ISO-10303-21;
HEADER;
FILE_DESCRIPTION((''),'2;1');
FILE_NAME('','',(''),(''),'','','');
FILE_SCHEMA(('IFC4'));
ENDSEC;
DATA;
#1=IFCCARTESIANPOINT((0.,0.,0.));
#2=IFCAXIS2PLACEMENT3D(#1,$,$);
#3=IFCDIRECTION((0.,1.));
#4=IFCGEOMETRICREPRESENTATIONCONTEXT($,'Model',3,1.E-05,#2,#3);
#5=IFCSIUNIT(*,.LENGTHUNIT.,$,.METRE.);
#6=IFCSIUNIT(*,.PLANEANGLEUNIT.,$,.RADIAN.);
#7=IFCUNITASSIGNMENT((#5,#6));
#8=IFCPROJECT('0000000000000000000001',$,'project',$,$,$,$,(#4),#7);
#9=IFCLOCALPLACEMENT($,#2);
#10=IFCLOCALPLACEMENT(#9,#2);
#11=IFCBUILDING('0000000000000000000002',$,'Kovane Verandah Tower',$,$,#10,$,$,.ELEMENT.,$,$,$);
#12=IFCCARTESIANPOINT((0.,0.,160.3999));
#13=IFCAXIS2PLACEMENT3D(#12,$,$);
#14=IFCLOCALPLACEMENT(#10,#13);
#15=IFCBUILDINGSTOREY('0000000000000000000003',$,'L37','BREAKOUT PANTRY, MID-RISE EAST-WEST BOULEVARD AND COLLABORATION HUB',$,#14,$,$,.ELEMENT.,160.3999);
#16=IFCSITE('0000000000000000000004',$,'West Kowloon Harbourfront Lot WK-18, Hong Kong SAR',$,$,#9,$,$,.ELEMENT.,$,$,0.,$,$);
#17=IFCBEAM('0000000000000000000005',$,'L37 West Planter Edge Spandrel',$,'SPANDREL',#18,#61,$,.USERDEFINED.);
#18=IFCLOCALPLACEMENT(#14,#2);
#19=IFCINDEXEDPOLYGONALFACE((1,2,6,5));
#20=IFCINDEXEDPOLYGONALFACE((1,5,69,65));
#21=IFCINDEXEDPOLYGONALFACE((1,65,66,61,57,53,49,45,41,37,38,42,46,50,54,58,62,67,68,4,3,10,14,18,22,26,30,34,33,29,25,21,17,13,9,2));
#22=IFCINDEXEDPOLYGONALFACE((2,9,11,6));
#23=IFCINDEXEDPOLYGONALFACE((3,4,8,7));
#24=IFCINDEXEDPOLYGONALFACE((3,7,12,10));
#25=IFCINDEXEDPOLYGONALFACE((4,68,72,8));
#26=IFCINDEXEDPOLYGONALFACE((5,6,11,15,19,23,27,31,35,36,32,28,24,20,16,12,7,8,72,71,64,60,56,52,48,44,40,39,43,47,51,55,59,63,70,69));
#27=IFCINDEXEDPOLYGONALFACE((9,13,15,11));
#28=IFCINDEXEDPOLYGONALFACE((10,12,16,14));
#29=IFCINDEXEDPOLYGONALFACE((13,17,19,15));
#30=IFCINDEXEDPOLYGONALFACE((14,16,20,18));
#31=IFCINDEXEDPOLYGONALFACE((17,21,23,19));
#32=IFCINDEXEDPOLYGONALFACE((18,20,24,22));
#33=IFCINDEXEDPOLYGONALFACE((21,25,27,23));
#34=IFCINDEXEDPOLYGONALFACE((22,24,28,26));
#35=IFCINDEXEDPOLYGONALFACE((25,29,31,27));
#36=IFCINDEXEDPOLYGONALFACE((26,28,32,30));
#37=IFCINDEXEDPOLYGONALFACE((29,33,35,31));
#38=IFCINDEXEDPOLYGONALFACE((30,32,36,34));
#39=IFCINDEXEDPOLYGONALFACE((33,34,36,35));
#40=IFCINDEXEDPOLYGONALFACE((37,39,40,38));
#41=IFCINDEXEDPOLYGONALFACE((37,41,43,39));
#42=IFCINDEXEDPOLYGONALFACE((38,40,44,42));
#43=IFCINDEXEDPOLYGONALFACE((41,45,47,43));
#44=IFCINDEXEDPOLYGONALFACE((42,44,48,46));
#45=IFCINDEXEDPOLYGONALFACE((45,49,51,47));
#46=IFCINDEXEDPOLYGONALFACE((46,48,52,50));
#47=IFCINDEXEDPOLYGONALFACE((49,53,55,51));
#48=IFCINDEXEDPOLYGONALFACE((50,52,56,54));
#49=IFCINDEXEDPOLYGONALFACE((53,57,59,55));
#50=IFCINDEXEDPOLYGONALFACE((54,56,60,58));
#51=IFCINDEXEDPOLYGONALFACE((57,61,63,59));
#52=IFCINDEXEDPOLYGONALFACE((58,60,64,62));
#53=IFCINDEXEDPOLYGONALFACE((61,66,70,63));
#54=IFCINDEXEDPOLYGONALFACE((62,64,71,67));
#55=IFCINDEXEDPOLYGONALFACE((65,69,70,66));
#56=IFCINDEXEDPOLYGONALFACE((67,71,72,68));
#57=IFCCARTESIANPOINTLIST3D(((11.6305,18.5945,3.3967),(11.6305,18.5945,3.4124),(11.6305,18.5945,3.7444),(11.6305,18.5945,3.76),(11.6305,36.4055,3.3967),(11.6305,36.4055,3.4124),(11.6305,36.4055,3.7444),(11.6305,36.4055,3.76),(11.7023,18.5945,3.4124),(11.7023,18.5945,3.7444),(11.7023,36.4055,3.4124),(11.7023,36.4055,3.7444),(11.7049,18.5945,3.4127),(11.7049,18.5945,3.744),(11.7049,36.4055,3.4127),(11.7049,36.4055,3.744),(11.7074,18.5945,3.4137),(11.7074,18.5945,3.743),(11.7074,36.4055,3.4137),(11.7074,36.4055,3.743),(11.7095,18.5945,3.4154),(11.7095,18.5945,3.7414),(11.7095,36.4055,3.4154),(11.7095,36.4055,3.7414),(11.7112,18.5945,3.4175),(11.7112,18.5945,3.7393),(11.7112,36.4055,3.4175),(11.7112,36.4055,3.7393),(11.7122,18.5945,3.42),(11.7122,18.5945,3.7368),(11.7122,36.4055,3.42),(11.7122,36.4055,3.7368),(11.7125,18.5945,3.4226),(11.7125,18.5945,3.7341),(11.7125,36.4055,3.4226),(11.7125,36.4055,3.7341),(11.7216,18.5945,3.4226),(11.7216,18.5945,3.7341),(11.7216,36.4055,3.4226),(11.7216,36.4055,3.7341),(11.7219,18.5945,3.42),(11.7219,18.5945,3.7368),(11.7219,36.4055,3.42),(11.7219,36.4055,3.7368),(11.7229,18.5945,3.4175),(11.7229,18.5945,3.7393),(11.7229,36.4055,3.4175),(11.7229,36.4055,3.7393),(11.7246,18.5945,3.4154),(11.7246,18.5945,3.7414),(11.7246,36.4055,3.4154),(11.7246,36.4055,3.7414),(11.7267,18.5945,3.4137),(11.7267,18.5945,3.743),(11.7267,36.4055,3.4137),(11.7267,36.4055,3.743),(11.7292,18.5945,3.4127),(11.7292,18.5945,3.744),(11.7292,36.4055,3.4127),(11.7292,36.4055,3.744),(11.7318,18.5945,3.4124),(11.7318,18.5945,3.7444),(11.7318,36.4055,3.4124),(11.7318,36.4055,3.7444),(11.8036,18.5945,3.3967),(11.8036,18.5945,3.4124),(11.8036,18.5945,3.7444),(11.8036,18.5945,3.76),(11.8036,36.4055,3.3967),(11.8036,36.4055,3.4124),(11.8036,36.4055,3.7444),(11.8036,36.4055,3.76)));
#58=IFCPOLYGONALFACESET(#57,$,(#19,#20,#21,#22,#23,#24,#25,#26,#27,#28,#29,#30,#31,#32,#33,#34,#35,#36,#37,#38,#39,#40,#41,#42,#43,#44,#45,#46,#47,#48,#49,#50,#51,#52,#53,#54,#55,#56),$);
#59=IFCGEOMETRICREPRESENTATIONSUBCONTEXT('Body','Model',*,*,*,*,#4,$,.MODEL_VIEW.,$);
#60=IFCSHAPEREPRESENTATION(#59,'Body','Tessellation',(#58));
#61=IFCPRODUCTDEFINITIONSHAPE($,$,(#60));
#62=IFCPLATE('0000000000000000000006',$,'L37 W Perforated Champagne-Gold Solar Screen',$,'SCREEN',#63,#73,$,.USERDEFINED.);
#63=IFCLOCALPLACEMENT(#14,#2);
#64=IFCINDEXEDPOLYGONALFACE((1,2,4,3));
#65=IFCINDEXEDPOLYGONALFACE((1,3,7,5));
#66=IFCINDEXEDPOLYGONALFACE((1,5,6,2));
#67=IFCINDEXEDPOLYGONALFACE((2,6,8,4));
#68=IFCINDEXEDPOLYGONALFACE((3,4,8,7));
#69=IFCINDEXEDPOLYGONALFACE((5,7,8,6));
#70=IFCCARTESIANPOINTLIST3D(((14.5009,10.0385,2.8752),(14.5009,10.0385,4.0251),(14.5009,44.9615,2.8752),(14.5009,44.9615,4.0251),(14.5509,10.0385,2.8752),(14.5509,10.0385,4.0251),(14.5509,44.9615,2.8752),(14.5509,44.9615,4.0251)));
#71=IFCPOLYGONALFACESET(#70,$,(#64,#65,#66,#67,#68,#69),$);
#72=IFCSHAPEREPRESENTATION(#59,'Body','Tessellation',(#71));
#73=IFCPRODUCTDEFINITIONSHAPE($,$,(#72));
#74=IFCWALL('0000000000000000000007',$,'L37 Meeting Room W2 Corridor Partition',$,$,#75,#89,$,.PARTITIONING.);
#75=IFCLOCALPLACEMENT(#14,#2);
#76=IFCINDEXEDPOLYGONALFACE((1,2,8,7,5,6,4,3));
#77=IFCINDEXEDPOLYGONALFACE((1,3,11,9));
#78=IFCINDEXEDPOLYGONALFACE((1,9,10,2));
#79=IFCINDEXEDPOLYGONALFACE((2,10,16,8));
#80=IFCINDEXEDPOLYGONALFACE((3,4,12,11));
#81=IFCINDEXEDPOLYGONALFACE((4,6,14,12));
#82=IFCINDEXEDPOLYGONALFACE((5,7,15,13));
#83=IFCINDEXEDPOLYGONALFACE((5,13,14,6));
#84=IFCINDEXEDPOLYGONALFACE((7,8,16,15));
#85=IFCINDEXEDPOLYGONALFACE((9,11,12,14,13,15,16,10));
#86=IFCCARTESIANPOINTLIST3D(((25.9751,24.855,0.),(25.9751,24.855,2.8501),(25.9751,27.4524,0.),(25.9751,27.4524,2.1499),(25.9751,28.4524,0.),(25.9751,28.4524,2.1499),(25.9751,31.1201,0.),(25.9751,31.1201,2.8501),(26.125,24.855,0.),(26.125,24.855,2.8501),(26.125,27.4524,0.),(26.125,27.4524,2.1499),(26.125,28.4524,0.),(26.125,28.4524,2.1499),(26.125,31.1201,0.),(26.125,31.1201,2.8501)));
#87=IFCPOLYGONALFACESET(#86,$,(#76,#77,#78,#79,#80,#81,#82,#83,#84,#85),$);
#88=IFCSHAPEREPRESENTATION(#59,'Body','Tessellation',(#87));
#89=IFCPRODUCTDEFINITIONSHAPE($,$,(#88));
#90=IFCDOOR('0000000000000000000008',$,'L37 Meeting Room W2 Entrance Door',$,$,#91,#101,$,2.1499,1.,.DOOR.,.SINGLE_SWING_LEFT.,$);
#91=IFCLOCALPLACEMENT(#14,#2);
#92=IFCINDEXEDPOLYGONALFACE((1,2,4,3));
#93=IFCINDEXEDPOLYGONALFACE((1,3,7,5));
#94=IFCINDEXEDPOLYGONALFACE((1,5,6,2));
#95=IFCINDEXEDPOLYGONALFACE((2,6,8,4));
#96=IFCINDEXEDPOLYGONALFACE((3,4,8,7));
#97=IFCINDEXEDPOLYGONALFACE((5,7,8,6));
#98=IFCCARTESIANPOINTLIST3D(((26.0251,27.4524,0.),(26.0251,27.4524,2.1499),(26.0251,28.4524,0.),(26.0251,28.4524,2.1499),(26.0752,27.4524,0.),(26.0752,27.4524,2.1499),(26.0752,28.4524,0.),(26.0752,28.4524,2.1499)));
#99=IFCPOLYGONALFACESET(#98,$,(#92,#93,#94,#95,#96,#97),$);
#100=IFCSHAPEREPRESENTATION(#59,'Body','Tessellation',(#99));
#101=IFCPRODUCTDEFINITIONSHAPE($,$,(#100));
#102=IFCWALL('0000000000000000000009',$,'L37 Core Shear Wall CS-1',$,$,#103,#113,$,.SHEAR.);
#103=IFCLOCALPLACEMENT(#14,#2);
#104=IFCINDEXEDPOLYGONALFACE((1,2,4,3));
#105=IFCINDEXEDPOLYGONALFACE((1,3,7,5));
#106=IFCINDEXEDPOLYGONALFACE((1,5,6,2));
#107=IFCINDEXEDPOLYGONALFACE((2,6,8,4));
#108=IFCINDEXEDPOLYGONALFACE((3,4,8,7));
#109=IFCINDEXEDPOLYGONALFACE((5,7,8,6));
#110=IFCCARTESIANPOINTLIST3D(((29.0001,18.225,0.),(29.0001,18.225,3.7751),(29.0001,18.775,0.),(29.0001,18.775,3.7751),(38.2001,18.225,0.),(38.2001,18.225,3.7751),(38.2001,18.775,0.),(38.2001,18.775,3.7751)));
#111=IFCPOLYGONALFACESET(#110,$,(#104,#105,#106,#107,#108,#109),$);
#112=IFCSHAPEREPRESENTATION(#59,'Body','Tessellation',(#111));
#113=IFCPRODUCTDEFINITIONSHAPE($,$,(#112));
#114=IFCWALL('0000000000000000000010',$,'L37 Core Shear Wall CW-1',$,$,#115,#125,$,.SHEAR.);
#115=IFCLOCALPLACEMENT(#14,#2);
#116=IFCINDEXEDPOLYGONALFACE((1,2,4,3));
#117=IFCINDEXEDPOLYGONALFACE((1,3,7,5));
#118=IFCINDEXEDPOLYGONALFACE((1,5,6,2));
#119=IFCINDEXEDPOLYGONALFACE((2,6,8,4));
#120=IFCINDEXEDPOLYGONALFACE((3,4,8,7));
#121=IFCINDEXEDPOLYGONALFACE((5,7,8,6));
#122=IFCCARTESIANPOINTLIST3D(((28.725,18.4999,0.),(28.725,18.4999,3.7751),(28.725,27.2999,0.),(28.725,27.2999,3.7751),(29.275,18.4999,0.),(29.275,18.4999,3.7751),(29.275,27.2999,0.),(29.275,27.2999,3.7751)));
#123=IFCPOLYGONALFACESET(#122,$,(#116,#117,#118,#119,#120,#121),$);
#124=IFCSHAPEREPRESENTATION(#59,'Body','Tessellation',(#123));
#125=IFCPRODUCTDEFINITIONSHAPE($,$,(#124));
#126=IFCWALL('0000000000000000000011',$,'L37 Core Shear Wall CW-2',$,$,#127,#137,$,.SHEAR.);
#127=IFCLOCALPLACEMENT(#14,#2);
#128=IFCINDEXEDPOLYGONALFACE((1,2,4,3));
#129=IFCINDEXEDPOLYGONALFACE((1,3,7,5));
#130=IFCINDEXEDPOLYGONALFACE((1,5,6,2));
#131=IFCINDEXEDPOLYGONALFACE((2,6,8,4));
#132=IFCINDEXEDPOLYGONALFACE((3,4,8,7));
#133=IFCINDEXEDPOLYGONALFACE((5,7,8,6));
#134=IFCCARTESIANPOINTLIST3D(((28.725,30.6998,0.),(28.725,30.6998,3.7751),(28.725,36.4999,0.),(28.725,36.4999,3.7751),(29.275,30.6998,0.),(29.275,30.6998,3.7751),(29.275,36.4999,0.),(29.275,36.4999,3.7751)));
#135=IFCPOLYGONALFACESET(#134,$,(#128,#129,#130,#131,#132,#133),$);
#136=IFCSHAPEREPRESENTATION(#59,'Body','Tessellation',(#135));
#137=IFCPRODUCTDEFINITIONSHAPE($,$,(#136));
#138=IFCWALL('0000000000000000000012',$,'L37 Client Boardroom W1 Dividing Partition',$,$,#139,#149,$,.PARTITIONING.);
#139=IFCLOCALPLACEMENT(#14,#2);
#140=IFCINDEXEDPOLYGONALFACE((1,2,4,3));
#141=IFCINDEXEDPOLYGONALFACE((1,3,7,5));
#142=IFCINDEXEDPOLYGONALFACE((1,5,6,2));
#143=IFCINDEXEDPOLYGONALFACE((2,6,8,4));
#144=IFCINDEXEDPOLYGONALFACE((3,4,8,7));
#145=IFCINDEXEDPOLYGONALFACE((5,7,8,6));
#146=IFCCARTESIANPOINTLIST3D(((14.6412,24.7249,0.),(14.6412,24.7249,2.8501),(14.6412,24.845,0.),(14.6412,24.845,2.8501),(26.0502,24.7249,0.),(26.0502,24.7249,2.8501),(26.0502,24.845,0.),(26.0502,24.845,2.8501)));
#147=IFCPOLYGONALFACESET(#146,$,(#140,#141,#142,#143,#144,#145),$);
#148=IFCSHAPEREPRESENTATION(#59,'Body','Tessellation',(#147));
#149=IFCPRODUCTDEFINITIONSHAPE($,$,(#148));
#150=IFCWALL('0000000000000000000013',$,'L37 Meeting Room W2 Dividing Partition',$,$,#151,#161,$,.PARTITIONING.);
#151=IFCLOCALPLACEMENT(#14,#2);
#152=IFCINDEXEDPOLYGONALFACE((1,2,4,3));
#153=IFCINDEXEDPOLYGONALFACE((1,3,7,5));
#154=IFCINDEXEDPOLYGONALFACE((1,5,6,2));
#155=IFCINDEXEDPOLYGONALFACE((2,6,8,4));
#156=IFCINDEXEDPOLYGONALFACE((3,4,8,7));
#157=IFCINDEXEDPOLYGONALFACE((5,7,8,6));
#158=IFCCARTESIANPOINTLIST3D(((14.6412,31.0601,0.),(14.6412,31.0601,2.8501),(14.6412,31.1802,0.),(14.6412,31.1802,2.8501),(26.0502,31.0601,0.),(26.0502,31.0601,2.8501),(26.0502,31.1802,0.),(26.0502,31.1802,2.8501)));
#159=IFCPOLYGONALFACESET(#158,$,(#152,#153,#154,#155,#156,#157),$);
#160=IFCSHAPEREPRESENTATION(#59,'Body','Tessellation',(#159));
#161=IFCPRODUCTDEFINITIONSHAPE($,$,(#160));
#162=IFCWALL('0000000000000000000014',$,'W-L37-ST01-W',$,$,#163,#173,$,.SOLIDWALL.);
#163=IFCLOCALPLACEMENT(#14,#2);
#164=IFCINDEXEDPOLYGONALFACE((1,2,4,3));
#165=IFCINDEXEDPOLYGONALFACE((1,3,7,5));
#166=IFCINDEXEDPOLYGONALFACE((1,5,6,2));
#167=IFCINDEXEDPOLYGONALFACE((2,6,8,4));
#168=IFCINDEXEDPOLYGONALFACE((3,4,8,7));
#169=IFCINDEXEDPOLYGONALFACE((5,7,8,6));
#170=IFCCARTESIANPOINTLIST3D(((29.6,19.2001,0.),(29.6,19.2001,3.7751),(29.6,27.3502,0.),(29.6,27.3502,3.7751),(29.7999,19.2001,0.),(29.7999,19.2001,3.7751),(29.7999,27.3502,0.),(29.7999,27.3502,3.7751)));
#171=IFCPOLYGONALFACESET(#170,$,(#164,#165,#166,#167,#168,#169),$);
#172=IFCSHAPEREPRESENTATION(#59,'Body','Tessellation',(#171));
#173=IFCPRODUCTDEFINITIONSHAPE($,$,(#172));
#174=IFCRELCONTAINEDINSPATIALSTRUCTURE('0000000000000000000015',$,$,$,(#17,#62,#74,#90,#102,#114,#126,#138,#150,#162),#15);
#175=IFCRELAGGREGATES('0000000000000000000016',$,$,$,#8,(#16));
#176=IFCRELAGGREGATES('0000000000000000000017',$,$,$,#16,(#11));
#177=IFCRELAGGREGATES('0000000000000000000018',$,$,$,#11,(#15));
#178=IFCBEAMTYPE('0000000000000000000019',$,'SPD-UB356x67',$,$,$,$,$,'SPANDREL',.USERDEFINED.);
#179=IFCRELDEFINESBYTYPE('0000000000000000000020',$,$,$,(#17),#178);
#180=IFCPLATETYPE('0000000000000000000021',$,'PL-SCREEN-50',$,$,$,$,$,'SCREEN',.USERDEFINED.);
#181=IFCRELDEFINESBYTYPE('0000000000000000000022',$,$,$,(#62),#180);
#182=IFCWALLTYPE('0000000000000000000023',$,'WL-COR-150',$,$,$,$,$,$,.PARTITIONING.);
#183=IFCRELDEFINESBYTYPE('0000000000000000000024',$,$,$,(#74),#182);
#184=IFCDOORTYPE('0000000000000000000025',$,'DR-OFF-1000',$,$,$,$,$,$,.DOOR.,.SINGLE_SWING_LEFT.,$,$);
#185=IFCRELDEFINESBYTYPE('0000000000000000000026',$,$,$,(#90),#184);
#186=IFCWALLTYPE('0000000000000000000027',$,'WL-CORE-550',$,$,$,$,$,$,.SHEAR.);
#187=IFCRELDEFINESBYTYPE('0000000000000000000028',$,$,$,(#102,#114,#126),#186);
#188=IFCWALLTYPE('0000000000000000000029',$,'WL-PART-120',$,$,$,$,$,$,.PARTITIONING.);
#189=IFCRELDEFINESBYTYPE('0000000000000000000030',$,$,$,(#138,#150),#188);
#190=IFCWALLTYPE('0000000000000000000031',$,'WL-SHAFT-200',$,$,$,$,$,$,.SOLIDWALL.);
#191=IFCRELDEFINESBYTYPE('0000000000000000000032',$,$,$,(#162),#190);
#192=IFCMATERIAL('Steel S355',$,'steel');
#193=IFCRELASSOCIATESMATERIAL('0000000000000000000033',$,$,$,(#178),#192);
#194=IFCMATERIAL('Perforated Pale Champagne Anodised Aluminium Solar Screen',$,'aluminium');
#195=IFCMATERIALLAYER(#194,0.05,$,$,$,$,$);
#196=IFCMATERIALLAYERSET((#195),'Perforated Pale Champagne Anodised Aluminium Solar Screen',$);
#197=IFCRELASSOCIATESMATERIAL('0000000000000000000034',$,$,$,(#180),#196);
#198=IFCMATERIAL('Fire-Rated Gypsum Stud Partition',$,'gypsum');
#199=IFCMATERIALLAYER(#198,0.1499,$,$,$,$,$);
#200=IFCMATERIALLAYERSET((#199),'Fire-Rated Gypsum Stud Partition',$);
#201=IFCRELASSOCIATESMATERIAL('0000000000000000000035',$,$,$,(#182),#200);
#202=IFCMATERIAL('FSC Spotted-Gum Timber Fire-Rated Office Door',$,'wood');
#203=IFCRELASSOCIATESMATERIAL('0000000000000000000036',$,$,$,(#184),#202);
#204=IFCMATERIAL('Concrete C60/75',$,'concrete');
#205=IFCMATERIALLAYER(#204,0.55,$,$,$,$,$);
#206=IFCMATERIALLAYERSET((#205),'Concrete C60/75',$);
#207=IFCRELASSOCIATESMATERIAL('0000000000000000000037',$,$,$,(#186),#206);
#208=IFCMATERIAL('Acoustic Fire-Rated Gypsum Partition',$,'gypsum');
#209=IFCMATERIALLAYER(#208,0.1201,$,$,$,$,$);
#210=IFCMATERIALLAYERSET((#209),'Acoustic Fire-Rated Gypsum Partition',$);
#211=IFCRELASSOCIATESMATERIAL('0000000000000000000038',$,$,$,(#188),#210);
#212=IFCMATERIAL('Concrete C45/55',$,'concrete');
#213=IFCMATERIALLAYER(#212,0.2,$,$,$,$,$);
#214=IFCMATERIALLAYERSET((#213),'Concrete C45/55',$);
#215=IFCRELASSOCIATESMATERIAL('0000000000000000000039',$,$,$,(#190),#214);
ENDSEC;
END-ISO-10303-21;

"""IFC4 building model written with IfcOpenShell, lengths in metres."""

from ifc_helpers import new_model, si_unit, direction, frame, frame_2d, origin, origin_2d, place, context, subcontext, project, spatial, rectangle, i_section, extrude, material, layer, layer_set, material_profile, profile_set, type_object, element, fill, save


model = new_model("IFC4")

# Units and contexts
model_context = context("Model", 3, precision=1e-05, world=origin(), true_north=direction((0.0, 1.0)))
body_context = subcontext(model_context, "Body", "Model", "MODEL_VIEW")
ifc_project = project(units=[si_unit("LENGTHUNIT", "METRE"), si_unit("PLANEANGLEUNIT", "RADIAN")], contexts=[model_context])

# Site, building, storey
site_placement = place(None, origin())
site = spatial("IfcSite", under=ifc_project, at=site_placement, Name="West Kowloon Harbourfront Lot WK-18, Hong Kong SAR", CompositionType="ELEMENT", RefElevation=0.0)
building_placement = place(site_placement, origin())
building = spatial("IfcBuilding", under=site, at=building_placement, Name="Kovane Verandah Tower", CompositionType="ELEMENT")
storey_placement = place(building_placement, frame((0.0, 0.0, 160.3999)))
storey = spatial("IfcBuildingStorey", under=building, at=storey_placement, Name="L37", Description="BREAKOUT PANTRY, MID-RISE EAST-WEST BOULEVARD AND COLLABORATION HUB", CompositionType="ELEMENT", Elevation=160.3999)

# Beam
ifc_material_1 = material(Name="Concrete C60/75", Category="concrete")
ifc_material_2 = material(Name="Steel S355", Category="steel")
ifc_material_profile_1 = material_profile(ifc_material_2, i_section(OverallWidth=0.1731, OverallDepth=0.3633, WebThickness=0.009, FlangeThickness=0.0156, FilletRadius=0.0103, at=origin_2d()), Name="UB356x171x67")
ifc_profile_set_1 = profile_set([ifc_material_profile_1], Name="Steel S355")
beam_type_1 = type_object("IfcBeamType", Name="SPD-UB356x67", ElementType="SPANDREL", PredefinedType="USERDEFINED", material=ifc_profile_set_1)
beam_1_placement = place(storey_placement, frame((11.717, 18.5945, 3.5784), z_axis=(0.0, 1.0, 0.0), x_axis=(-1.0, 0.0, 0.0)))
element("IfcBeam", 1, at=beam_1_placement, inside=storey, type_object=beam_type_1, Name="L37 West Planter Edge Spandrel", ObjectType="SPANDREL", PredefinedType="USERDEFINED", context=body_context, shape_type="SweptSolid", body=[
    extrude(i_section(OverallWidth=0.1731, OverallDepth=0.3633, WebThickness=0.009, FlangeThickness=0.0156, FilletRadius=0.0103, at=origin_2d()), origin(), (0.0, 0.0, 1.0), 17.811),
])

# Plate
ifc_material_3 = material(Name="Perforated Pale Champagne Anodised Aluminium Solar Screen", Category="aluminium")
ifc_layer_1 = layer(ifc_material_3, 0.05)
ifc_layer_set_1 = layer_set([ifc_layer_1], Name="Perforated Pale Champagne Anodised Aluminium Solar Screen")
plate_type = type_object("IfcPlateType", Name="PL-SCREEN-50", ElementType="SCREEN", PredefinedType="USERDEFINED", material=ifc_layer_set_1)
plate_placement = place(storey_placement, frame((14.5259, 27.5, 2.8752), z_axis=(0.0, 0.0, 1.0), x_axis=(0.0, -1.0, 0.0)))
element("IfcPlate", 2, at=plate_placement, inside=storey, type_object=plate_type, Name="L37 W Perforated Champagne-Gold Solar Screen", ObjectType="SCREEN", PredefinedType="USERDEFINED", context=body_context, shape_type="SweptSolid", body=[
    extrude(rectangle(XDim=34.9231, YDim=0.05, at=origin_2d()), origin(), (0.0, 0.0, 1.0), 1.1499),
])

# Wall, opening, door
ifc_material_4 = material(Name="Fire-Rated Gypsum Stud Partition", Category="gypsum")
ifc_layer_2 = layer(ifc_material_4, 0.1499)
ifc_layer_set_2 = layer_set([ifc_layer_2], Name="Fire-Rated Gypsum Stud Partition")
wall_type_1 = type_object("IfcWallType", Name="WL-COR-150", PredefinedType="PARTITIONING", material=ifc_layer_set_2)
wall_1_placement = place(storey_placement, frame((26.05, 24.855, 0.0), z_axis=(0.0, 0.0, 1.0), x_axis=(0.0, 1.0, 0.0)))
wall_1 = element("IfcWall", 3, at=wall_1_placement, inside=storey, type_object=wall_type_1, Name="L37 Meeting Room W2 Corridor Partition", PredefinedType="PARTITIONING", context=body_context, shape_type="SweptSolid", body=[
    extrude(rectangle(XDim=6.2651, YDim=0.1499, at=frame_2d((3.1326, 0.0))), origin(), (0.0, 0.0, 1.0), 2.8501),
])
opening_1_placement = place(wall_1_placement, frame((2.5974, 0.0, 0.0)))
opening_1 = element("IfcOpeningElement", 4, at=opening_1_placement, cuts=wall_1, PredefinedType="OPENING", context=body_context, shape_type="SweptSolid", body=[
    extrude(rectangle(XDim=1.0, YDim=2.1499, at=frame_2d((0.5, 1.075))), frame((0.0, 0.075, 0.0), z_axis=(0.0, -1.0, 0.0), x_axis=(1.0, 0.0, 0.0)), (0.0, 0.0, 1.0), 0.1499),
])
ifc_material_5 = material(Name="FSC Spotted-Gum Timber Fire-Rated Office Door", Category="wood")
door_type_1 = type_object("IfcDoorType", Name="DR-OFF-1000", OperationType="SINGLE_SWING_LEFT", PredefinedType="DOOR", material=ifc_material_5)
door_1_placement = place(opening_1_placement, origin())
door_1 = element("IfcDoor", 5, at=door_1_placement, inside=storey, type_object=door_type_1, Name="L37 Meeting Room W2 Entrance Door", OperationType="SINGLE_SWING_LEFT", OverallHeight=2.1499, OverallWidth=1.0, PredefinedType="DOOR", context=body_context, shape_type="SweptSolid", body=[
    extrude(rectangle(XDim=1.0, YDim=2.1499, at=frame_2d((0.5, 1.075))), frame((0.0, 0.0249, 0.0), z_axis=(0.0, -1.0, 0.0), x_axis=(1.0, 0.0, 0.0)), (0.0, 0.0, 1.0), 0.05),
])
fill(opening_1, door_1)

# Walls
ifc_layer_3 = layer(ifc_material_1, 0.55)
ifc_layer_set_3 = layer_set([ifc_layer_3], Name="Concrete C60/75")
wall_type_2 = type_object("IfcWallType", Name="WL-CORE-550", PredefinedType="SHEAR", material=ifc_layer_set_3)
wall_2_placement = place(storey_placement, frame((29.0, 18.5, 0.0), z_axis=(0.0, 0.0, 1.0), x_axis=(1.0, 0.0, 0.0)))
element("IfcWall", 6, at=wall_2_placement, inside=storey, type_object=wall_type_2, Name="L37 Core Shear Wall CS-1", PredefinedType="SHEAR", context=body_context, shape_type="SweptSolid", body=[
    extrude(rectangle(XDim=9.2, YDim=0.55, at=frame_2d((4.6001, 0.0))), origin(), (0.0, 0.0, 1.0), 3.7751),
])
wall_3_placement = place(storey_placement, frame((29.0, 18.5, 0.0), z_axis=(0.0, 0.0, 1.0), x_axis=(0.0, 1.0, 0.0)))
element("IfcWall", 7, at=wall_3_placement, inside=storey, type_object=wall_type_2, Name="L37 Core Shear Wall CW-1", PredefinedType="SHEAR", context=body_context, shape_type="SweptSolid", body=[
    extrude(rectangle(XDim=8.8, YDim=0.55, at=frame_2d((4.3999, 0.0))), origin(), (0.0, 0.0, 1.0), 3.7751),
])
wall_4_placement = place(storey_placement, frame((29.0, 30.7, 0.0), z_axis=(0.0, 0.0, 1.0), x_axis=(0.0, 1.0, 0.0)))
element("IfcWall", 8, at=wall_4_placement, inside=storey, type_object=wall_type_2, Name="L37 Core Shear Wall CW-2", PredefinedType="SHEAR", context=body_context, shape_type="SweptSolid", body=[
    extrude(rectangle(XDim=5.8, YDim=0.55, at=frame_2d((2.8999, 0.0))), origin(), (0.0, 0.0, 1.0), 3.7751),
])

# Walls
ifc_material_6 = material(Name="Acoustic Fire-Rated Gypsum Partition", Category="gypsum")
ifc_layer_4 = layer(ifc_material_6, 0.1201)
ifc_layer_set_4 = layer_set([ifc_layer_4], Name="Acoustic Fire-Rated Gypsum Partition")
wall_type_3 = type_object("IfcWallType", Name="WL-PART-120", PredefinedType="PARTITIONING", material=ifc_layer_set_4)
for number, where, z_axis, x_axis, name in (
    (9, (14.6411, 24.7849, 0.0), (0.0, 0.0, 1.0), (1.0, 0.0, 0.0), "L37 Client Boardroom W1 Dividing Partition"),
    (10, (14.6411, 31.1201, 0.0), (0.0, 0.0, 1.0), (1.0, 0.0, 0.0), "L37 Meeting Room W2 Dividing Partition"),
):
    element("IfcWall", number, at=place(storey_placement, frame(where, z_axis=z_axis, x_axis=x_axis)), inside=storey, type_object=wall_type_3, Name=name, PredefinedType="PARTITIONING", context=body_context, shape_type="SweptSolid", body=[
        extrude(rectangle(XDim=11.4089, YDim=0.1201, at=frame_2d((5.7046, 0.0))), origin(), (0.0, 0.0, 1.0), 2.8501),
    ])
ifc_material_7 = material(Name="Concrete C45/55", Category="concrete")
ifc_layer_5 = layer(ifc_material_7, 0.2)
ifc_layer_set_5 = layer_set([ifc_layer_5], Name="Concrete C45/55")
wall_type_4 = type_object("IfcWallType", Name="WL-SHAFT-200", PredefinedType="SOLIDWALL", material=ifc_layer_set_5)
wall_5_placement = place(storey_placement, frame((29.7, 19.2, 0.0), z_axis=(0.0, 0.0, 1.0), x_axis=(0.0, 1.0, 0.0)))
element("IfcWall", 11, at=wall_5_placement, inside=storey, type_object=wall_type_4, Name="W-L37-ST01-W", PredefinedType="SOLIDWALL", context=body_context, shape_type="SweptSolid", body=[
    extrude(rectangle(XDim=8.1501, YDim=0.2, at=frame_2d((4.0752, 0.0))), origin(), (0.0, 0.0, 1.0), 3.7751),
])

save(model, "model.ifc")
